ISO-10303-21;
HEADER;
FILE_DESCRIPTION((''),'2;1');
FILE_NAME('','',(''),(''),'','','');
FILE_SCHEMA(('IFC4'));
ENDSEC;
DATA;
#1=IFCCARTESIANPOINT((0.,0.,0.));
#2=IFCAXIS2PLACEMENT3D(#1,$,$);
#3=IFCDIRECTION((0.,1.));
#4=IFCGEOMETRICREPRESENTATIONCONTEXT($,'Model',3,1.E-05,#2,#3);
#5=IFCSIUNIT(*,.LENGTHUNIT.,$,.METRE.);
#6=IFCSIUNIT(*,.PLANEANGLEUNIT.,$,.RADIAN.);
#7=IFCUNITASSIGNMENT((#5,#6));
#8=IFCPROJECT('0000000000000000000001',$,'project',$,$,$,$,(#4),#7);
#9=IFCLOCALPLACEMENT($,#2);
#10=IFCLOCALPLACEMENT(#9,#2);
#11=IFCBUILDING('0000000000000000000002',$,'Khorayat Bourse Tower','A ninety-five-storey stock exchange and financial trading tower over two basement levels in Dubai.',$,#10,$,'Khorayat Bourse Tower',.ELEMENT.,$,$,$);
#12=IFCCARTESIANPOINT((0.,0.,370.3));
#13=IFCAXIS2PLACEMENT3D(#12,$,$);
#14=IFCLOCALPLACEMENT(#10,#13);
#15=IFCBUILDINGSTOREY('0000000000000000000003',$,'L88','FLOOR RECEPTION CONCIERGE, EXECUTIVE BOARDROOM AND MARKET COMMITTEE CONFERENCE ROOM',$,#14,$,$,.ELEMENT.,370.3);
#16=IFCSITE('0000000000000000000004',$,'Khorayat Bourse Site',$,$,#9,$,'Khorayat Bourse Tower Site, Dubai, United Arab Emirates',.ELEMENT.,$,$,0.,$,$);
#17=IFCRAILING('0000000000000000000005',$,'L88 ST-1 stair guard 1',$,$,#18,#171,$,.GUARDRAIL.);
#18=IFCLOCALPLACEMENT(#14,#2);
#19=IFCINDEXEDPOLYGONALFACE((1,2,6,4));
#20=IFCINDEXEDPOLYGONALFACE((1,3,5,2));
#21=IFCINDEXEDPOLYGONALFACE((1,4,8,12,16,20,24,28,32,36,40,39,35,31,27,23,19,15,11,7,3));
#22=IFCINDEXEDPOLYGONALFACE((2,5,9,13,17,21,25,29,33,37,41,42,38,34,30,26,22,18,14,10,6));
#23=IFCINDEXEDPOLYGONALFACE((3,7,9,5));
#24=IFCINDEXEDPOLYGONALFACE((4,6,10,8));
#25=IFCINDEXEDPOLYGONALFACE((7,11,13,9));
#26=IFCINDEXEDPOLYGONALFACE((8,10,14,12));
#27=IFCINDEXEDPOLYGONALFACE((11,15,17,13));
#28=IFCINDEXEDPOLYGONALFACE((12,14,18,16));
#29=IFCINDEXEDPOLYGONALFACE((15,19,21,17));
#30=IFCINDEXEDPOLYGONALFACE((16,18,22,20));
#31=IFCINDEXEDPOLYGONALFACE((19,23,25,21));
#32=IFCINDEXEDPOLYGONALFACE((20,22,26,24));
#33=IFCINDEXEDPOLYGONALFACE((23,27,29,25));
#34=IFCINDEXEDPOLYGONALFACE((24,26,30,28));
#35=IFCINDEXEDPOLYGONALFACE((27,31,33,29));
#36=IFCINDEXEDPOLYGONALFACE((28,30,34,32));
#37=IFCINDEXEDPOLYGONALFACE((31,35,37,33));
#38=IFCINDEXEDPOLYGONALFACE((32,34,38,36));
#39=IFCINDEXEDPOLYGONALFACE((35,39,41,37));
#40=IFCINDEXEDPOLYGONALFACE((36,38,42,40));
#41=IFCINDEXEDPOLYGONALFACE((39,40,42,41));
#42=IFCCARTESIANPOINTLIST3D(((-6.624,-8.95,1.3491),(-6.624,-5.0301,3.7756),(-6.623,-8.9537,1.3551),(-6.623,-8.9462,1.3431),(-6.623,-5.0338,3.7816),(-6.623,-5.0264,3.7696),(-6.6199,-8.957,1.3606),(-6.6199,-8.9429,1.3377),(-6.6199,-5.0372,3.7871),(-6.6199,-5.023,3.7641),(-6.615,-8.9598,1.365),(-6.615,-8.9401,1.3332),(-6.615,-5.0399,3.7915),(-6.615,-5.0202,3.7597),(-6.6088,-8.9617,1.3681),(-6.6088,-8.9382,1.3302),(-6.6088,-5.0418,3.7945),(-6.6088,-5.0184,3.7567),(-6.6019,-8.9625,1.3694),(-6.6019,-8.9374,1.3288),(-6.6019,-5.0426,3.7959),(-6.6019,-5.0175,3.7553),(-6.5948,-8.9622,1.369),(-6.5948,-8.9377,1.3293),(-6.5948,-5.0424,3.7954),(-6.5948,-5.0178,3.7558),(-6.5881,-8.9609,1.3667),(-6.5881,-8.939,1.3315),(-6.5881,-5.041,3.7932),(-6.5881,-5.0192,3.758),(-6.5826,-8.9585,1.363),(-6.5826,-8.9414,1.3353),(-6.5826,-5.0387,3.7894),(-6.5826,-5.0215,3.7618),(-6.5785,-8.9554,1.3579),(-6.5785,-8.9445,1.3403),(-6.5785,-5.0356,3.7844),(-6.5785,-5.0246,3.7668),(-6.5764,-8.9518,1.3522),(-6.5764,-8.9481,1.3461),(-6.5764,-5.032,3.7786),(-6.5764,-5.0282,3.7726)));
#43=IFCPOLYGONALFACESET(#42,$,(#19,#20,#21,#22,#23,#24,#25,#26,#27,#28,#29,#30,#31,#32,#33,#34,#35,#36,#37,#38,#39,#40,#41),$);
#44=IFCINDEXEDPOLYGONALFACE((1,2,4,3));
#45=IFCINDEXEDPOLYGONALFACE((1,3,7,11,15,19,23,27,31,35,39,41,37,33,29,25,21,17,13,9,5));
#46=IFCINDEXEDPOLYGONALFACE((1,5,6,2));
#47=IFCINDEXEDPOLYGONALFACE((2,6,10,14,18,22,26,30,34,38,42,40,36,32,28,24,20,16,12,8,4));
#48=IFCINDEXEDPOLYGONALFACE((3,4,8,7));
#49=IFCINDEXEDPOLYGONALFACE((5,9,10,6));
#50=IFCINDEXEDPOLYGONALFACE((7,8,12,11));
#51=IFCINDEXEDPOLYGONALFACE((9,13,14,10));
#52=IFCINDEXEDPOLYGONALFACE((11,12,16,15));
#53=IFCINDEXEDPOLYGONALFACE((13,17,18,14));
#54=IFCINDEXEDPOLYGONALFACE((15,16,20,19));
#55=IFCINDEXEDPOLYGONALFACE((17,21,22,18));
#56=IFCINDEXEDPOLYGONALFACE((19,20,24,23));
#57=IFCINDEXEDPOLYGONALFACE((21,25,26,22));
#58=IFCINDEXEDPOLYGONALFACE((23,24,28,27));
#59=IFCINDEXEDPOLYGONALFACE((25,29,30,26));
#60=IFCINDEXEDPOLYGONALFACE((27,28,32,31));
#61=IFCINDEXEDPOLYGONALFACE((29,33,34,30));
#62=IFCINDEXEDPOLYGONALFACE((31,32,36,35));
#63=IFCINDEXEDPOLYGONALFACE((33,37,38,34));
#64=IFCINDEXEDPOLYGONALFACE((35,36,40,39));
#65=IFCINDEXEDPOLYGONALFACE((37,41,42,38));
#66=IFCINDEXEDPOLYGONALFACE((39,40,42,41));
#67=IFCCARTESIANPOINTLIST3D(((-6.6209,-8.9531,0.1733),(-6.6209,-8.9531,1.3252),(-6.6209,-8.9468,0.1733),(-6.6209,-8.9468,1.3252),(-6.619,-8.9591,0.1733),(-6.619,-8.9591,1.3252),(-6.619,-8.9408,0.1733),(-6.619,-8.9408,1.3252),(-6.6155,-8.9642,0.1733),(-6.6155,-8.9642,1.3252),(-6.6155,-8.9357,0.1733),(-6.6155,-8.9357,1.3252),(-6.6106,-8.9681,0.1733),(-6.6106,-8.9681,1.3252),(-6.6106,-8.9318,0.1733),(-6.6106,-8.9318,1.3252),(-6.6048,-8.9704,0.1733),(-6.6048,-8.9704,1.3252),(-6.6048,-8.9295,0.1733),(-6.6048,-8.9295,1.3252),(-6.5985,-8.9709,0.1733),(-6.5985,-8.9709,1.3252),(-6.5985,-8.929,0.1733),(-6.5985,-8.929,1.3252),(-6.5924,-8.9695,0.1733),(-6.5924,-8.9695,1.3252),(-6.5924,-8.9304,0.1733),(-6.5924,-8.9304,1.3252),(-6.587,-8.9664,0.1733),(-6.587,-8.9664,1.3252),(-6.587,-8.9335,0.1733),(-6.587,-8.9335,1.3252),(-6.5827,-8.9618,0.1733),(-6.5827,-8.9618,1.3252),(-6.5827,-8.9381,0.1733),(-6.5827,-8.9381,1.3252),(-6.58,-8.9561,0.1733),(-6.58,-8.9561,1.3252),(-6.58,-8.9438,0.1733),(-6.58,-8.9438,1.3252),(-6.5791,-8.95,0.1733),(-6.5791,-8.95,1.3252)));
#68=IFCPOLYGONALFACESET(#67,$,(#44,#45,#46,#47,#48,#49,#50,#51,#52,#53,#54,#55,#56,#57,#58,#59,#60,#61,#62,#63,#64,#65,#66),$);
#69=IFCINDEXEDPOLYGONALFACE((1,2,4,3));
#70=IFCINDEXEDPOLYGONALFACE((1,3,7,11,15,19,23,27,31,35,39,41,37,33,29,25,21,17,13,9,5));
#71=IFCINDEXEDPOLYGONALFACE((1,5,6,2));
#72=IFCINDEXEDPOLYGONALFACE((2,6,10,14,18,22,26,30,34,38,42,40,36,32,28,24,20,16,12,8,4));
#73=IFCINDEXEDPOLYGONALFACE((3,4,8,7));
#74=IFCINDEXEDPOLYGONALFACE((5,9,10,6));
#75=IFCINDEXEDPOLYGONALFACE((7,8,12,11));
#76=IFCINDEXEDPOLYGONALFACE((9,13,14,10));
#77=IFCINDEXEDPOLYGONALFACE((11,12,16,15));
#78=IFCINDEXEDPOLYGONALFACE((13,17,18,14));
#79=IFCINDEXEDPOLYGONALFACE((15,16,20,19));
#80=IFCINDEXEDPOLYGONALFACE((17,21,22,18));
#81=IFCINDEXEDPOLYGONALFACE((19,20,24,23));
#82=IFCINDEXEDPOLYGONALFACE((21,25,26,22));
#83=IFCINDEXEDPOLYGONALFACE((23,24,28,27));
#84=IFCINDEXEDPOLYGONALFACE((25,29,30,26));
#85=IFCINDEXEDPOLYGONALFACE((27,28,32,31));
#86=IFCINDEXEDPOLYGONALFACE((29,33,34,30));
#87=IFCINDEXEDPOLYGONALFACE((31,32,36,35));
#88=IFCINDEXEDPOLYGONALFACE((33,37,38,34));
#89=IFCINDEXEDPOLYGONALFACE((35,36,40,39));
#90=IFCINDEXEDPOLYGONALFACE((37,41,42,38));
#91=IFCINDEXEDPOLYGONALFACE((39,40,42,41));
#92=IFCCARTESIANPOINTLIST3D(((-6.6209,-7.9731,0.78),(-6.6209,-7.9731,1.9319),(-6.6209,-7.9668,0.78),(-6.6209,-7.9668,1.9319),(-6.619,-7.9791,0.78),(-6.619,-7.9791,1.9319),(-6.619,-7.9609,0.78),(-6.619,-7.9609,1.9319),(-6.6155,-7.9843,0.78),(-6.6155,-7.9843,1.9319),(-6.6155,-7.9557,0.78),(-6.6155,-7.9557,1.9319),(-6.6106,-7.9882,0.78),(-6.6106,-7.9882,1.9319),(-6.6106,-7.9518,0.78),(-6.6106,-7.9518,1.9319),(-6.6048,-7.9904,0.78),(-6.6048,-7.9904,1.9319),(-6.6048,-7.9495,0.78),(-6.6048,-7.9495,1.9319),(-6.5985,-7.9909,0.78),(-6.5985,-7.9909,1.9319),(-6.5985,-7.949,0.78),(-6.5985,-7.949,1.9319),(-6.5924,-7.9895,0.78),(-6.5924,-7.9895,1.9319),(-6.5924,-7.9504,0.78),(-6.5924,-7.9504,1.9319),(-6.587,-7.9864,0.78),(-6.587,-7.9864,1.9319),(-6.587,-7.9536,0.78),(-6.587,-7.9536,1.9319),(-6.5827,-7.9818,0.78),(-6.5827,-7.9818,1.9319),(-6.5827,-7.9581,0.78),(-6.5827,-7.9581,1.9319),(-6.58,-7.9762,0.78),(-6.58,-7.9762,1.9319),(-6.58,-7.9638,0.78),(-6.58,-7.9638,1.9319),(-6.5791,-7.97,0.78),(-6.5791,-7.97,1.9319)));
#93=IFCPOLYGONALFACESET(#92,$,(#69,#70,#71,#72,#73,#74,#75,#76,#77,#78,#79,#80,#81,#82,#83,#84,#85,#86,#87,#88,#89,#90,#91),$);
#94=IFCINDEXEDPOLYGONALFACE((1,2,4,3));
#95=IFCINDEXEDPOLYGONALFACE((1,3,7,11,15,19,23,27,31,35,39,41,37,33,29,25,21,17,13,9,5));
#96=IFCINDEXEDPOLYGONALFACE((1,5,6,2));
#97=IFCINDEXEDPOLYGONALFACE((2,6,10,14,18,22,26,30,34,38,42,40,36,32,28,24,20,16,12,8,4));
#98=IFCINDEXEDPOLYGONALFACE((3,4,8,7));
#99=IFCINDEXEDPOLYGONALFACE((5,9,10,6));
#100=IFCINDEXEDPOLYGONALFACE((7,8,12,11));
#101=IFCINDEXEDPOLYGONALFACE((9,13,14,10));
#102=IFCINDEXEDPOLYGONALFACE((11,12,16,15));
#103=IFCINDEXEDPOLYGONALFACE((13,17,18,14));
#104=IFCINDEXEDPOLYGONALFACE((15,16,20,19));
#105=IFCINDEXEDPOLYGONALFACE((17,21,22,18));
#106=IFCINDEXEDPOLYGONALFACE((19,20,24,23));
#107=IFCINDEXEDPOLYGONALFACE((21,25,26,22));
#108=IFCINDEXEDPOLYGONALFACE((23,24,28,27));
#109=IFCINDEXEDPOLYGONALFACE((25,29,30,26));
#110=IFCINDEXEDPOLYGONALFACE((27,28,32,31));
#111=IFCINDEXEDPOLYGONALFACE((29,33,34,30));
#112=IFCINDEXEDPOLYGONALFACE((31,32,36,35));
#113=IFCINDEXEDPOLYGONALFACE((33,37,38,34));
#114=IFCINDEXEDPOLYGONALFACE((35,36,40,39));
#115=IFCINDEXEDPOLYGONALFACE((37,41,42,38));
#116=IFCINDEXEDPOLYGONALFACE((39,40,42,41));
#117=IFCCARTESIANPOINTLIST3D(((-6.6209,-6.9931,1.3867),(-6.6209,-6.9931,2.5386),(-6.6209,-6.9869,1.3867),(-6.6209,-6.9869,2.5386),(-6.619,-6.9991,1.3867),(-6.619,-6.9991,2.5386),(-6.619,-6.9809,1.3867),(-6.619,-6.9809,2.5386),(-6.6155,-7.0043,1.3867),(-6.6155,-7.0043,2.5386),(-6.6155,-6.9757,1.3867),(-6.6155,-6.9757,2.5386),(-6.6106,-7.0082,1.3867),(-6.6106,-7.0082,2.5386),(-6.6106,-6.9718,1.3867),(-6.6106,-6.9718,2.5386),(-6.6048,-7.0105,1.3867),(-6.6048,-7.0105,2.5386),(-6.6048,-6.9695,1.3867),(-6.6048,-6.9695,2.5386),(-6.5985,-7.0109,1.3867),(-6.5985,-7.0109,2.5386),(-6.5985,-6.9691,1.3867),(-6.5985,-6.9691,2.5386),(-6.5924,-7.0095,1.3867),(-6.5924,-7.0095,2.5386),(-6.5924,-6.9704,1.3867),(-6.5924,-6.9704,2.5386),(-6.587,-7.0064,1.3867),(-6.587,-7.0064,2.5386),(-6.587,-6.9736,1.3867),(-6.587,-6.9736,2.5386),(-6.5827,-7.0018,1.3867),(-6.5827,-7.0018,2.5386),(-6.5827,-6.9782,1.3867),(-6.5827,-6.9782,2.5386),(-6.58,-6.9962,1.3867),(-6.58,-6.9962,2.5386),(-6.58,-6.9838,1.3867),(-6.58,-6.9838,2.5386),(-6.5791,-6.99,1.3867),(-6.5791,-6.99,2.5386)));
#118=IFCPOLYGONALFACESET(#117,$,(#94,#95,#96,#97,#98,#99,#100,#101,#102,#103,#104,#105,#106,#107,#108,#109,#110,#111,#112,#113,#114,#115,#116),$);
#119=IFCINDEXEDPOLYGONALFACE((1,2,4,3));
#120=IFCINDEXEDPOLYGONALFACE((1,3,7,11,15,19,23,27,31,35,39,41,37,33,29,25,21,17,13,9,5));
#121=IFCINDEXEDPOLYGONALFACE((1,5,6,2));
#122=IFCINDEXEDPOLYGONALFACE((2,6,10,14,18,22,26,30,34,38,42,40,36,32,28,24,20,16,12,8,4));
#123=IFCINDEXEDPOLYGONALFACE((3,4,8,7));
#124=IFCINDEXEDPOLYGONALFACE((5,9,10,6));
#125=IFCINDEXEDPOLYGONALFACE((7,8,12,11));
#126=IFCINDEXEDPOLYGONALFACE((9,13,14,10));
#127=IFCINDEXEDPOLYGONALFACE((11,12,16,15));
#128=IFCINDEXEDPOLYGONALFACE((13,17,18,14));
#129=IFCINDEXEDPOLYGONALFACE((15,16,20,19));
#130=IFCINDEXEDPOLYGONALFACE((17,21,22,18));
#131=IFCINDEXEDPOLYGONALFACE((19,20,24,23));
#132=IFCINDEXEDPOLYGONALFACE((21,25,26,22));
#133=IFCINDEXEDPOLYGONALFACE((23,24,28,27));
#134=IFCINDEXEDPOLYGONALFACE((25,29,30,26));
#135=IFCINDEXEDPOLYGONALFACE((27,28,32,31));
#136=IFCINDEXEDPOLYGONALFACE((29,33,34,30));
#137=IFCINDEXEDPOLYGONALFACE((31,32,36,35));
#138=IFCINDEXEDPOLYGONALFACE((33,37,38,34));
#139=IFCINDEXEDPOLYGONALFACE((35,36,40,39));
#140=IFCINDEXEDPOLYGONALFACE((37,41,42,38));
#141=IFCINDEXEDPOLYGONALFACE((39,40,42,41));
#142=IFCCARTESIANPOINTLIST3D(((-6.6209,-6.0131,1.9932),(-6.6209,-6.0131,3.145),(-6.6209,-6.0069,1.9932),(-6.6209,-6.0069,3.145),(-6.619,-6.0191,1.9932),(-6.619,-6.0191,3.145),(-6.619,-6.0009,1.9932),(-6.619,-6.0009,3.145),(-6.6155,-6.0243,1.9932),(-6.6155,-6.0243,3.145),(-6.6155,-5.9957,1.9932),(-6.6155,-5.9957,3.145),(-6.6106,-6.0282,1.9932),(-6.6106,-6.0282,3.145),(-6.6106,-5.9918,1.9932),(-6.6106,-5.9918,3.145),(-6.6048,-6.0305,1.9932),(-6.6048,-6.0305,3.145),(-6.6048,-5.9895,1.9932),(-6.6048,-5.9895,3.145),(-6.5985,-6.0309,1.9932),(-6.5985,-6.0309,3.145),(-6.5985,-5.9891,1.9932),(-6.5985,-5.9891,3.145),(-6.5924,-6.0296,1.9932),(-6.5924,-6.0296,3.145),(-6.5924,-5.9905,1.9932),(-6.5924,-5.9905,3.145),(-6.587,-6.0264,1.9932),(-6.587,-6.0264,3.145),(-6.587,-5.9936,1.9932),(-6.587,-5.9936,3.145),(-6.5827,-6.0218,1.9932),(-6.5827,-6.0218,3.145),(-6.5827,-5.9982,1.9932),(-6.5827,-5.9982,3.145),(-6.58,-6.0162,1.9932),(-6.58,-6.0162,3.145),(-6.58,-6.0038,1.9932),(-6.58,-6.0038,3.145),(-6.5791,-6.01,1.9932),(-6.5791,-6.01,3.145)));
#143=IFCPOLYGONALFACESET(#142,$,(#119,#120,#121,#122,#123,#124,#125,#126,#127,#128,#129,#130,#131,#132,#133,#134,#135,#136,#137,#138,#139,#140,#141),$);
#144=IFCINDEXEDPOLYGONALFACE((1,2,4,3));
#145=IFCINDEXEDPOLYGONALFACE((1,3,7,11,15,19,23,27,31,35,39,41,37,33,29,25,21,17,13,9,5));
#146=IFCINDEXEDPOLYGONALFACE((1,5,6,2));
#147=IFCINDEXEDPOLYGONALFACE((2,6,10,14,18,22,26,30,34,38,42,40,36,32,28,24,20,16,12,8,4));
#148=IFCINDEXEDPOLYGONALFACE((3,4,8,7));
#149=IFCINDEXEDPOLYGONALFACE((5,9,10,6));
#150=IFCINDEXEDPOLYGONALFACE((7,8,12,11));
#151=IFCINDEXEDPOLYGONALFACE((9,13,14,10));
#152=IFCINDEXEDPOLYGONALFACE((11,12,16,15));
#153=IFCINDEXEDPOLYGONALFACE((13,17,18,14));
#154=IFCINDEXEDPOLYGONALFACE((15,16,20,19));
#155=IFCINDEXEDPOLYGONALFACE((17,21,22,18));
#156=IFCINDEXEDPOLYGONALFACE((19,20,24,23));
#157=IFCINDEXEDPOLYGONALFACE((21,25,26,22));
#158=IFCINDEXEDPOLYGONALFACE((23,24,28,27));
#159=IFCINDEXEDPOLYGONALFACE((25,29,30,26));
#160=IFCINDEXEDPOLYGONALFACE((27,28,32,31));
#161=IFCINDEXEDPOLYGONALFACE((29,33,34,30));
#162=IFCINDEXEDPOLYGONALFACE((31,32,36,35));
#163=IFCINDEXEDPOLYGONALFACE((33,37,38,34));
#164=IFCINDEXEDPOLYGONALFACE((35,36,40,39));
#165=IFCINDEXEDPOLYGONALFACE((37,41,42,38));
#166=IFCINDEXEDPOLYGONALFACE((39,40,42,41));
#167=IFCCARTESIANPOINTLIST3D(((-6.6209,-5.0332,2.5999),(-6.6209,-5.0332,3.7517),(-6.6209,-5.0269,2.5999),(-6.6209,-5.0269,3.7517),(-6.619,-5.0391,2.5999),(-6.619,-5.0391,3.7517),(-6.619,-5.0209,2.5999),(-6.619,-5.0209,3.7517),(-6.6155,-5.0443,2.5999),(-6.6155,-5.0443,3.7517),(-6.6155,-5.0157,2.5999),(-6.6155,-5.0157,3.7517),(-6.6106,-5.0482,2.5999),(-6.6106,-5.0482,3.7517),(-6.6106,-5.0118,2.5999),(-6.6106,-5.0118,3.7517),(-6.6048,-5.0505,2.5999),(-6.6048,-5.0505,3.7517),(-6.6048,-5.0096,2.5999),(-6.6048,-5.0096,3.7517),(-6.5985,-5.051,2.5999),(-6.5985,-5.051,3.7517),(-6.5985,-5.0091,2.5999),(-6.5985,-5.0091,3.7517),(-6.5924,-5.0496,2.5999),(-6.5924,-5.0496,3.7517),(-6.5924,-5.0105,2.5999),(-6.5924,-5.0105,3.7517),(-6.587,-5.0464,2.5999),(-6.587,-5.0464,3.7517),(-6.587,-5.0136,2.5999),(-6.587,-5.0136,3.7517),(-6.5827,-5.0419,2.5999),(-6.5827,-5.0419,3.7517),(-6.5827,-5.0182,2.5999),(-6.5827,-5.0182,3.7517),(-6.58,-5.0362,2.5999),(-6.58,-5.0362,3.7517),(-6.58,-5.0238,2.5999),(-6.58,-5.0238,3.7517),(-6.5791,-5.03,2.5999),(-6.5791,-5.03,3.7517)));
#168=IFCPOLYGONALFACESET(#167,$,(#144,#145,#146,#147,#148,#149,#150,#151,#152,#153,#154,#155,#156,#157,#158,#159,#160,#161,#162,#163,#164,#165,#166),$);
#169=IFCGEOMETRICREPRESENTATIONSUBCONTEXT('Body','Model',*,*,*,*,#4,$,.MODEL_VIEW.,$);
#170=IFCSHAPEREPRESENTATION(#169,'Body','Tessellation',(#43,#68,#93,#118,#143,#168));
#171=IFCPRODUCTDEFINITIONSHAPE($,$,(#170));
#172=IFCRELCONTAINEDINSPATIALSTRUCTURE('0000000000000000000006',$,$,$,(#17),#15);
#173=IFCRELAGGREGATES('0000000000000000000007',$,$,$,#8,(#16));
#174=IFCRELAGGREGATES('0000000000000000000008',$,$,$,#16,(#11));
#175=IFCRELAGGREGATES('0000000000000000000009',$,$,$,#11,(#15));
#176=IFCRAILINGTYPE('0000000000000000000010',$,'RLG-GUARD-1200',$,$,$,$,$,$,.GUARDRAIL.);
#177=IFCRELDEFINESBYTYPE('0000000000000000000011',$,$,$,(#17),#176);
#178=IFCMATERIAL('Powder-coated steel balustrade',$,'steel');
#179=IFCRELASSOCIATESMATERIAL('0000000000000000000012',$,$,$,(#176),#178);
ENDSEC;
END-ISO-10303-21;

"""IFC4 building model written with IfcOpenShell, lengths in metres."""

from ifc_helpers import new_model, si_unit, direction, frame, origin, origin_2d, place, context, subcontext, project, spatial, circle, extrude, source, transform, mapped, material, type_object, element, save


model = new_model("IFC4")

# Units and contexts
model_context = context("Model", 3, precision=1e-05, world=origin(), true_north=direction((0.0, 1.0)))
body_context = subcontext(model_context, "Body", "Model", "MODEL_VIEW")
ifc_project = project(units=[si_unit("LENGTHUNIT", "METRE"), si_unit("PLANEANGLEUNIT", "RADIAN")], contexts=[model_context])

# Site, building, storey
site_placement = place(None, origin())
site = spatial("IfcSite", under=ifc_project, at=site_placement, Name="Khorayat Bourse Site", LongName="Khorayat Bourse Tower Site, Dubai, United Arab Emirates", CompositionType="ELEMENT", RefElevation=0.0)
building_placement = place(site_placement, origin())
building = spatial("IfcBuilding", under=site, at=building_placement, Name="Khorayat Bourse Tower", Description="A ninety-five-storey stock exchange and financial trading tower over two basement levels in Dubai.", LongName="Khorayat Bourse Tower", CompositionType="ELEMENT")
storey_placement = place(building_placement, frame((0.0, 0.0, 370.3)))
storey = spatial("IfcBuildingStorey", under=building, at=storey_placement, Name="L88", Description="FLOOR RECEPTION CONCIERGE, EXECUTIVE BOARDROOM AND MARKET COMMITTEE CONFERENCE ROOM", CompositionType="ELEMENT", Elevation=370.3)

# Railing
ifc_material_1 = material(Name="Powder-coated steel balustrade", Category="steel")
railing_type_1 = type_object("IfcRailingType", Name="RLG-GUARD-1200", PredefinedType="GUARDRAIL", material=ifc_material_1)
shared_shape_1 = source(origin(), body_context, "Body", "SweptSolid", [
    extrude(circle(Radius=0.0239, at=origin_2d()), frame((0.0, 0.0, 1.1758), z_axis=(0.0, 0.850275, 0.526338), x_axis=(-1.0, 0.0, 0.0)), (0.0, 0.0, 1.0), 4.6101),
    extrude(circle(Radius=0.021, at=origin_2d()), origin(), (0.0, 0.0, 1.0), 1.1519),
    extrude(circle(Radius=0.021, at=origin_2d()), frame((0.0, 0.98, 0.6067)), (0.0, 0.0, 1.0), 1.1519),
    extrude(circle(Radius=0.021, at=origin_2d()), frame((0.0, 1.96, 1.2134)), (0.0, 0.0, 1.0), 1.1519),
    extrude(circle(Radius=0.021, at=origin_2d()), frame((0.0, 2.9399, 1.8198)), (0.0, 0.0, 1.0), 1.1519),
    extrude(circle(Radius=0.021, at=origin_2d()), frame((0.0, 3.9199, 2.4265)), (0.0, 0.0, 1.0), 1.1519),
])
railing_1_placement = place(storey_placement, frame((-6.6001, -8.95, 0.1733)))
element("IfcRailing", 1, at=railing_1_placement, inside=storey, type_object=railing_type_1, Name="L88 ST-1 stair guard 1", PredefinedType="GUARDRAIL", context=body_context, shape_type="MappedRepresentation", body=[
    mapped(shared_shape_1, transform((0.0, 0.0, 0.0), scale=1.0)),
])

save(model, "model.ifc")
